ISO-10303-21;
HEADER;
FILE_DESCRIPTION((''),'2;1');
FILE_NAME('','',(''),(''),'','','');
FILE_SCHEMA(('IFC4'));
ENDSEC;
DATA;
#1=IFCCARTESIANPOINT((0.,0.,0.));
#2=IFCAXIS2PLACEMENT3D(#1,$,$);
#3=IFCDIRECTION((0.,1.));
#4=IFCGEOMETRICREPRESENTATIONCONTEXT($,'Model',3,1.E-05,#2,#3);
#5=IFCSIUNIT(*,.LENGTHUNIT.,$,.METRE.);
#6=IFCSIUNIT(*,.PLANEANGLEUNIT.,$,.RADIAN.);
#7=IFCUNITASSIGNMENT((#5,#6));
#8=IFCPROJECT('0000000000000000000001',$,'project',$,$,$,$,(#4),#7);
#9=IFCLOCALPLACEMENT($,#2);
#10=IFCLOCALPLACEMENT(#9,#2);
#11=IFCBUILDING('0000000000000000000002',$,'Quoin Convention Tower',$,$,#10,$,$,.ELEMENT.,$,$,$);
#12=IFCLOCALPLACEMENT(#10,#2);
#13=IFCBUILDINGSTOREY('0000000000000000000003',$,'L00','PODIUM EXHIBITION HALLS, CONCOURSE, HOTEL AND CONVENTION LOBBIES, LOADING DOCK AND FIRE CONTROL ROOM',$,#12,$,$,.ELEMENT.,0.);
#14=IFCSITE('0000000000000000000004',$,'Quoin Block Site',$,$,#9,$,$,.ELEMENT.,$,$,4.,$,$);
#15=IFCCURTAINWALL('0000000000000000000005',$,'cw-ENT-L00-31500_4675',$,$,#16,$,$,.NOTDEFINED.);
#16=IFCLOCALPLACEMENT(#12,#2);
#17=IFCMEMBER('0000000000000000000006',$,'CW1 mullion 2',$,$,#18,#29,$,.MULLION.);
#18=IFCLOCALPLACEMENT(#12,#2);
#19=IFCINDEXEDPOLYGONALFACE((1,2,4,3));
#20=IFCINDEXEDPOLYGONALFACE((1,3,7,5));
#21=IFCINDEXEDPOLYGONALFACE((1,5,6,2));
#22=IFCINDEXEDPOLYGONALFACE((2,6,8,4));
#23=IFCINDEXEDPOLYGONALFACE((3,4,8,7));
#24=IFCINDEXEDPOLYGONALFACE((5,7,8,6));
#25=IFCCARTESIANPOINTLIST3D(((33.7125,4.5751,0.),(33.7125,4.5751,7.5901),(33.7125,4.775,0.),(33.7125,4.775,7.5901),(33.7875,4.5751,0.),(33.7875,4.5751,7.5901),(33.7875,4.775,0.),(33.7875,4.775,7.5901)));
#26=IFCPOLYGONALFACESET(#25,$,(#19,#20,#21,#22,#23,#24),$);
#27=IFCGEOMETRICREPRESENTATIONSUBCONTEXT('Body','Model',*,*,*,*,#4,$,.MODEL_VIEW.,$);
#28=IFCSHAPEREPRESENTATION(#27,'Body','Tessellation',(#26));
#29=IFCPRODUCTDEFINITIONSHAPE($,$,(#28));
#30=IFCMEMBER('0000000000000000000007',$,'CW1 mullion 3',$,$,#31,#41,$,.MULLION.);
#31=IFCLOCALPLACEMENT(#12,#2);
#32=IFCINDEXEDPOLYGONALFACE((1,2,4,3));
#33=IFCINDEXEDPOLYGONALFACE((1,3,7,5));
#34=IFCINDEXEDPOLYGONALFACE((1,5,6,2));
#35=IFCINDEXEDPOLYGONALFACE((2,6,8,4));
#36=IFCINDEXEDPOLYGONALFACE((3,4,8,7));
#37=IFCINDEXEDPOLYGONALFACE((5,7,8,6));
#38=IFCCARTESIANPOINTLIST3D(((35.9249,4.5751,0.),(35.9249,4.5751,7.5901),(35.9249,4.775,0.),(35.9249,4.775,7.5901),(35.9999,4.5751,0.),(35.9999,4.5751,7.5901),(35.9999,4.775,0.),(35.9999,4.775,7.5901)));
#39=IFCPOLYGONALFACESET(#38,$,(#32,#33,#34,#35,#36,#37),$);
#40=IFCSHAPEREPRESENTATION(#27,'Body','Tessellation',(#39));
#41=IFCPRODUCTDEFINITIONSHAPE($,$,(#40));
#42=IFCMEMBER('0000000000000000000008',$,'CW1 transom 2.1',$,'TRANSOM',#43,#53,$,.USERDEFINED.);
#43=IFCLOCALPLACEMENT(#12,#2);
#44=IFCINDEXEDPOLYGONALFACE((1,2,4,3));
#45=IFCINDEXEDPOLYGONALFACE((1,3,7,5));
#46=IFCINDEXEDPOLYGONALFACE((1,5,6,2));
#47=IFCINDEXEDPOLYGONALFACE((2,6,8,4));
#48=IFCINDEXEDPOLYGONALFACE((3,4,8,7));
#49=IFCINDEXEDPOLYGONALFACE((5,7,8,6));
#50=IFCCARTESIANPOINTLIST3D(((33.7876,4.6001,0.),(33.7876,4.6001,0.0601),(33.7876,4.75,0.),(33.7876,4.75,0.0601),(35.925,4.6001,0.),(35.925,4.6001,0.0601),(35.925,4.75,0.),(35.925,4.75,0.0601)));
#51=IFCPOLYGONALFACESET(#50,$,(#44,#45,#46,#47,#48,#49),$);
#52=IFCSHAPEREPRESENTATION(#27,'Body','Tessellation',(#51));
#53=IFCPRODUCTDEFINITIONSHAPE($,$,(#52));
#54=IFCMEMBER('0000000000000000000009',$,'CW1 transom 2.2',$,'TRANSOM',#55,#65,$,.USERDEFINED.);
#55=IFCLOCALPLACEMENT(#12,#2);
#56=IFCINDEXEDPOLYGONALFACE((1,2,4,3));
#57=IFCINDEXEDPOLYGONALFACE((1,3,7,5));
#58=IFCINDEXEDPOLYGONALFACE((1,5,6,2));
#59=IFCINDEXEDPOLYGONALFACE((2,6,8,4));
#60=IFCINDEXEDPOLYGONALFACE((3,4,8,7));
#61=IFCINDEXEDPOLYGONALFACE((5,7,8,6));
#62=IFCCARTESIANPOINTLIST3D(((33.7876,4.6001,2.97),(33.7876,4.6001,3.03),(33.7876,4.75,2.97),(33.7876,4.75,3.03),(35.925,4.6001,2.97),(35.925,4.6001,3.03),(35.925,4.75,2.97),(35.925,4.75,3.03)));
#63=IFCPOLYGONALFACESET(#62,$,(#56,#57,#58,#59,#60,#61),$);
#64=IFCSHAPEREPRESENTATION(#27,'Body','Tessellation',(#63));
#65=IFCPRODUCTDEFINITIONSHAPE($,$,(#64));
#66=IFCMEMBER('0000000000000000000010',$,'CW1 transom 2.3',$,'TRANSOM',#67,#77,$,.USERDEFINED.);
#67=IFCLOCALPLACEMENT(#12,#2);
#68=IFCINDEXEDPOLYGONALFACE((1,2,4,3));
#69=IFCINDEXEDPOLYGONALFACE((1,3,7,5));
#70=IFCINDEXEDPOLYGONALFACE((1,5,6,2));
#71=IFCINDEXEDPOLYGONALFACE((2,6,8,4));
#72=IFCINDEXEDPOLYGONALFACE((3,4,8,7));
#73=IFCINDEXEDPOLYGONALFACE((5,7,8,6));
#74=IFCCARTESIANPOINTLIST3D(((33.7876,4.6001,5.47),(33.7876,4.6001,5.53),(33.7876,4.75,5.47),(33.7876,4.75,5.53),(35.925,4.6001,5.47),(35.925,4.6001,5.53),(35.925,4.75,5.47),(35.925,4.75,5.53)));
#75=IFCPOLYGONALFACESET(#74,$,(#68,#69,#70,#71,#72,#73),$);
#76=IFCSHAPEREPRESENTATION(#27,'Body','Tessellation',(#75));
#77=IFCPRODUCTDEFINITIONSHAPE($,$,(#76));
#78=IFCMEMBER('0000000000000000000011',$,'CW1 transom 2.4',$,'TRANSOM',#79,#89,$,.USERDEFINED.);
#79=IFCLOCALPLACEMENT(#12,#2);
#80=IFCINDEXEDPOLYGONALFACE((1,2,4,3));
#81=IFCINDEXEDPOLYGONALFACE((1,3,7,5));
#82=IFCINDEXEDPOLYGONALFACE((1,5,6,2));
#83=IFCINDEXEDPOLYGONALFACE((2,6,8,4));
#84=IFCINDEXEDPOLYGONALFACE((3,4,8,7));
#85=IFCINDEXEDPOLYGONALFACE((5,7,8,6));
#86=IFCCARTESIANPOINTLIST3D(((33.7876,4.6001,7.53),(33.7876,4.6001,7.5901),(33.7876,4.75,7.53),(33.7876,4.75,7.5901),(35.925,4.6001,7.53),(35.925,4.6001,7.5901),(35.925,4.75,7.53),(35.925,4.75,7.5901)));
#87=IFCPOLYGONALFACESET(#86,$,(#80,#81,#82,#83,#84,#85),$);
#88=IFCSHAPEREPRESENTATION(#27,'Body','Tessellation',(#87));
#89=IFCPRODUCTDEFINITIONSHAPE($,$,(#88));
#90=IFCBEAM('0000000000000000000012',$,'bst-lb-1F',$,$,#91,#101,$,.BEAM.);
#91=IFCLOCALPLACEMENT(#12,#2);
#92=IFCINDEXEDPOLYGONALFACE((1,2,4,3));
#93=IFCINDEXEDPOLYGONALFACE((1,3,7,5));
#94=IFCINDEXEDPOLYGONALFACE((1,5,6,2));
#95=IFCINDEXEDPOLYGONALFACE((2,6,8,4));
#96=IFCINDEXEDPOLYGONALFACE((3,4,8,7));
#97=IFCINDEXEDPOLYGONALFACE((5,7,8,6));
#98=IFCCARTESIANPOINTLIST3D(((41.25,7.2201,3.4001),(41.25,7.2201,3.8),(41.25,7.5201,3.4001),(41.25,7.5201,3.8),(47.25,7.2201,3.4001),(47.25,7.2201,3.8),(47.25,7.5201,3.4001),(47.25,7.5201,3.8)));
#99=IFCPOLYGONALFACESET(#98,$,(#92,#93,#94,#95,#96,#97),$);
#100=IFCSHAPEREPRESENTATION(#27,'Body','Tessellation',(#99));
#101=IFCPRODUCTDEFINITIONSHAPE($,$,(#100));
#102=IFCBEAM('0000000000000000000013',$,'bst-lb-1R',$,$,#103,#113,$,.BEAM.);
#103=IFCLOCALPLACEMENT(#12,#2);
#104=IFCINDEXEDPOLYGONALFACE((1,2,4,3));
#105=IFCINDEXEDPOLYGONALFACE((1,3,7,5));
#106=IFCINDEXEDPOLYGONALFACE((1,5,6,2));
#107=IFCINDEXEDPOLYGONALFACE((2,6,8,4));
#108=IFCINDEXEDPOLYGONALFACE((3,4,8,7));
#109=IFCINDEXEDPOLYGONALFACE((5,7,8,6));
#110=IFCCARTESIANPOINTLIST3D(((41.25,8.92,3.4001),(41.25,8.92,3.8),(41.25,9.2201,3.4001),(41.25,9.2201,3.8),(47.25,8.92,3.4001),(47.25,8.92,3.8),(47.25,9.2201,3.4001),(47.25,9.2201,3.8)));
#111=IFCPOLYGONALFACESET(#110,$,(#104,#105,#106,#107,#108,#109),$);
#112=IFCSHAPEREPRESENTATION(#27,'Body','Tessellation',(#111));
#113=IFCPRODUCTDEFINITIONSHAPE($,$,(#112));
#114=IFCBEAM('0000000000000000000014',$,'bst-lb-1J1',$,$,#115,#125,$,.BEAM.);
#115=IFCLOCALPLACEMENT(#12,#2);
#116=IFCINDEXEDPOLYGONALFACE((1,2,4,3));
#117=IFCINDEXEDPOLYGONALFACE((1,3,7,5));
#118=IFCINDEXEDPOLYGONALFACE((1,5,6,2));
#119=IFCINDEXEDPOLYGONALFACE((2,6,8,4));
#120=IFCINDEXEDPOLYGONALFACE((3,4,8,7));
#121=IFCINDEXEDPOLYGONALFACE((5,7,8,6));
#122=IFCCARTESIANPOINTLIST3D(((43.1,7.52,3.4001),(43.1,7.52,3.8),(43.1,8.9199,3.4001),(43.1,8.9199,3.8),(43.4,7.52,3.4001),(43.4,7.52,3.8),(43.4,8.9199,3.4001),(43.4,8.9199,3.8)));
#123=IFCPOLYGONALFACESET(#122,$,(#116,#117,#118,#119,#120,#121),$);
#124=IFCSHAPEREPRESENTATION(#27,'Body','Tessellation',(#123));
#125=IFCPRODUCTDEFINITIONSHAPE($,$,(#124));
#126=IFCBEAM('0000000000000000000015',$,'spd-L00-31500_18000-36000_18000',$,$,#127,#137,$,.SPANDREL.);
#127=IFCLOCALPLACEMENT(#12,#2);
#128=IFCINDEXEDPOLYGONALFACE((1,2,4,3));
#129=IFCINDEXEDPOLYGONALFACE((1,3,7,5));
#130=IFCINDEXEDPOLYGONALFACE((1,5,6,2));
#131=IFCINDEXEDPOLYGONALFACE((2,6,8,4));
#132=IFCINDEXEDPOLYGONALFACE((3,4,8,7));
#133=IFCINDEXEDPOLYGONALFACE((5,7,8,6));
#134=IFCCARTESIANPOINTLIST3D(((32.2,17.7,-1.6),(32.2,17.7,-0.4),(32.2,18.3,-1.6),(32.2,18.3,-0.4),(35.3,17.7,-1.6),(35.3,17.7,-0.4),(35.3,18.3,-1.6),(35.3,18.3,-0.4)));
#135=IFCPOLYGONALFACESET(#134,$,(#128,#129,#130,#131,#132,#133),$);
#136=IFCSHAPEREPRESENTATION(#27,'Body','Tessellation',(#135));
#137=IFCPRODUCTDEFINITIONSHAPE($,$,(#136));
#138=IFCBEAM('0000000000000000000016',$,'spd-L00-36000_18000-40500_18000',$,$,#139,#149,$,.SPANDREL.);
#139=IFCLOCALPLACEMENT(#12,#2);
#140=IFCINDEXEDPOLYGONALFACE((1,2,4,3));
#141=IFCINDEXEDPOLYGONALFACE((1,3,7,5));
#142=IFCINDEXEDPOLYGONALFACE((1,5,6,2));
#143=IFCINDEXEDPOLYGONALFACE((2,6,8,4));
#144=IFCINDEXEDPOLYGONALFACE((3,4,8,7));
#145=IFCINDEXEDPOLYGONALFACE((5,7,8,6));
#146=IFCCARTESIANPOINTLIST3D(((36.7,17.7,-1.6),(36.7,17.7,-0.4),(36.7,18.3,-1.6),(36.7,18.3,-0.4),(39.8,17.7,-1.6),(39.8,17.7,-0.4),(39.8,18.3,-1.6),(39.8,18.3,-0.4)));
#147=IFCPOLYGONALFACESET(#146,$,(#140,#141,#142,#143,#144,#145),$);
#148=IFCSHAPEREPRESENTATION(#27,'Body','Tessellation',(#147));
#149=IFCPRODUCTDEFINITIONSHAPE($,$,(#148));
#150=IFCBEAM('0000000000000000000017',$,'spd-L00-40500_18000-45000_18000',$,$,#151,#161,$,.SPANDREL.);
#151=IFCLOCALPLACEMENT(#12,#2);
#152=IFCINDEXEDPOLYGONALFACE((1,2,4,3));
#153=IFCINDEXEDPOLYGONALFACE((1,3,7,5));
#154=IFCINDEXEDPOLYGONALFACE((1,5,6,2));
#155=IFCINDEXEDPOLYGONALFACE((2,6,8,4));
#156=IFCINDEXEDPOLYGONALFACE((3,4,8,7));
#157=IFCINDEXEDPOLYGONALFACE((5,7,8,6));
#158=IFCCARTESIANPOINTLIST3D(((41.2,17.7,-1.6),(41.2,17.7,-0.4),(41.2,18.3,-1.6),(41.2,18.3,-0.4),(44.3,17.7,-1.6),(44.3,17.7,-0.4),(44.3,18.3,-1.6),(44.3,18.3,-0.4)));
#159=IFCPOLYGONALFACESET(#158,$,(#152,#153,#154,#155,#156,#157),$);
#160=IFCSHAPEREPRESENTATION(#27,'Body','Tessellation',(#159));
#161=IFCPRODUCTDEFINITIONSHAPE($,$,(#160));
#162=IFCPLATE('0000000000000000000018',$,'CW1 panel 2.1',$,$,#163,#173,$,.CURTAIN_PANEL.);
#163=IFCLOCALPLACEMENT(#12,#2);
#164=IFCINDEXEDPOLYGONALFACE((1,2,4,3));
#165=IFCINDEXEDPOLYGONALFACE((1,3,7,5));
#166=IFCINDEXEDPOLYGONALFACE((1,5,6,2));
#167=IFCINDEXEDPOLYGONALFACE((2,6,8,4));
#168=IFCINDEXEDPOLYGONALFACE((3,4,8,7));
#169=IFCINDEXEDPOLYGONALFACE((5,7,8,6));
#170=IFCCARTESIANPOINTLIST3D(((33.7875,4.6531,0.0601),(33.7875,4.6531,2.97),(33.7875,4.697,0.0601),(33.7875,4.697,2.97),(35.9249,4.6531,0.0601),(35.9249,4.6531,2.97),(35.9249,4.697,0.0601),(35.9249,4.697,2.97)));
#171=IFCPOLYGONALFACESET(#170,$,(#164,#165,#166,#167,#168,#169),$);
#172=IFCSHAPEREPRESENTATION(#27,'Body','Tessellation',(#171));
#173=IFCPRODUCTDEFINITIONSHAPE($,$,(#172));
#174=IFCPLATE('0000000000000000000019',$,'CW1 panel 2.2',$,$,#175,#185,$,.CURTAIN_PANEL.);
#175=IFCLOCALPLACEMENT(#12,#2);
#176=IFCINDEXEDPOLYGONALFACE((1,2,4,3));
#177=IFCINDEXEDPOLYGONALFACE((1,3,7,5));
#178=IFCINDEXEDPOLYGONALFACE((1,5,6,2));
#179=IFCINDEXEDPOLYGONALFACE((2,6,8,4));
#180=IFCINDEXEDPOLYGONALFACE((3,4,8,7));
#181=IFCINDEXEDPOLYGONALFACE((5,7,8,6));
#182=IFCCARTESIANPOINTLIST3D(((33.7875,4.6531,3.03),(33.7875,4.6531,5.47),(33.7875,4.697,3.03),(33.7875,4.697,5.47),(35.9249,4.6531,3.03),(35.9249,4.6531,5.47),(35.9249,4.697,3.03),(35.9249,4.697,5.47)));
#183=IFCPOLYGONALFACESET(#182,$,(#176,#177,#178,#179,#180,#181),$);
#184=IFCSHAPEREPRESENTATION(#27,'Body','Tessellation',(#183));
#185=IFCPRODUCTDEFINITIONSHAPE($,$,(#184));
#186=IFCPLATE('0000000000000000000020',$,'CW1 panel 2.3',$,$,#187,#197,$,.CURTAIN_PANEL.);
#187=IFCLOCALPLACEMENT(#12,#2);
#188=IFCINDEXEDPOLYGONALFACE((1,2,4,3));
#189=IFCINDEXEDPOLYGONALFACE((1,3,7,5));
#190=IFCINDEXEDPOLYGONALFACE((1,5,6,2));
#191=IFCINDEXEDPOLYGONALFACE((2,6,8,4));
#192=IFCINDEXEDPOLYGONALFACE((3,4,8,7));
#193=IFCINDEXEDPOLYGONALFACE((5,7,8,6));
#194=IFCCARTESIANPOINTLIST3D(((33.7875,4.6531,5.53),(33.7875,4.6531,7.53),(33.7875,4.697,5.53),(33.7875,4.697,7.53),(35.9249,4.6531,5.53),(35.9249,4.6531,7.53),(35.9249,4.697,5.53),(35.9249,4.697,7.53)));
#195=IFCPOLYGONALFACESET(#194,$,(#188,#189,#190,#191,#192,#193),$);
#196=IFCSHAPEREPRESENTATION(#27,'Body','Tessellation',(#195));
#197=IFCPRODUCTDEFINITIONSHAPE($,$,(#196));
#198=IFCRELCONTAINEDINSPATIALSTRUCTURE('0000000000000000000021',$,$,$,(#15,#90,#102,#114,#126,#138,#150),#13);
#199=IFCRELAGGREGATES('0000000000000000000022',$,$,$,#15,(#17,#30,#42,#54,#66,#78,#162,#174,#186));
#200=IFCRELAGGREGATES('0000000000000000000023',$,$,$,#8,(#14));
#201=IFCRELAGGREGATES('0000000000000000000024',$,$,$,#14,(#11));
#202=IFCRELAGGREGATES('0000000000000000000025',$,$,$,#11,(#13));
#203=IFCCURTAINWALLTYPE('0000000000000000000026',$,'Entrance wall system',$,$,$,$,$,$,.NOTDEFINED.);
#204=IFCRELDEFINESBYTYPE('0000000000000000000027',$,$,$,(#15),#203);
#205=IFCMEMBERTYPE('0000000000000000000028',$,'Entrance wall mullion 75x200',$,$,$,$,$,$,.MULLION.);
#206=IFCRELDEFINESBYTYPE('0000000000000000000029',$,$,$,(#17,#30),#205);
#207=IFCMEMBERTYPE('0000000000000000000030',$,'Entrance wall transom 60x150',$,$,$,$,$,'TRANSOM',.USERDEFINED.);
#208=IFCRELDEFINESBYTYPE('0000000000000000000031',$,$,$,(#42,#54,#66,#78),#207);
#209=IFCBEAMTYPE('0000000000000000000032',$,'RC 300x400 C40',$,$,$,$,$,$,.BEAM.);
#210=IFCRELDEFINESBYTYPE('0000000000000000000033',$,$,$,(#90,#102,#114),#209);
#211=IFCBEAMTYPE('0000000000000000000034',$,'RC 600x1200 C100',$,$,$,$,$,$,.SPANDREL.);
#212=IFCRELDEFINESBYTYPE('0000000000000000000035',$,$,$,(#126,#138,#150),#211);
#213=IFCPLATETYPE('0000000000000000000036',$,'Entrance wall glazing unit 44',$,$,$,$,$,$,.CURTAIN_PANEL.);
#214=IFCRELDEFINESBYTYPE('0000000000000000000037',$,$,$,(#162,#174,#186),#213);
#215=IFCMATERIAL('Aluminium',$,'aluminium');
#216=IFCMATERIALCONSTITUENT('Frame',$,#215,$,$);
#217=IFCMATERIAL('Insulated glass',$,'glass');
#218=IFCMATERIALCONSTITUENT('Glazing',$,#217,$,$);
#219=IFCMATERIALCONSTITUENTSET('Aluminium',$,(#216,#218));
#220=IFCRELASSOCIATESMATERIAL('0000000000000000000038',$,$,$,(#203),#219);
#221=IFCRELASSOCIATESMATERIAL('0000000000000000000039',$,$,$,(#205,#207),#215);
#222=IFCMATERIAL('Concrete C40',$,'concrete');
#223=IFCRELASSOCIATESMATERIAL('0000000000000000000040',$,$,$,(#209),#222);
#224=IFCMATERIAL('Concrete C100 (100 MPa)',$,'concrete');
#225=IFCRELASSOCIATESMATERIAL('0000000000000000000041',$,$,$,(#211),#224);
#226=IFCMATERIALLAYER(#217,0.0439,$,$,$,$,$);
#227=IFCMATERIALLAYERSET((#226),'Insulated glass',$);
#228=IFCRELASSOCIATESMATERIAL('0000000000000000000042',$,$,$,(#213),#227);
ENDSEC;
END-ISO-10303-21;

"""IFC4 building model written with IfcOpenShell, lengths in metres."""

from ifc_helpers import new_model, si_unit, direction, frame, origin, origin_2d, place, context, subcontext, project, spatial, rectangle, extrude, material, layer, layer_set, constituent, constituent_set, material_profile, profile_set, type_object, element, aggregate, save


model = new_model("IFC4")

# Units and contexts
model_context = context("Model", 3, precision=1e-05, world=origin(), true_north=direction((0.0, 1.0)))
body_context = subcontext(model_context, "Body", "Model", "MODEL_VIEW")
ifc_project = project(units=[si_unit("LENGTHUNIT", "METRE"), si_unit("PLANEANGLEUNIT", "RADIAN")], contexts=[model_context])

# Site, building, storey
site_placement = place(None, origin())
site = spatial("IfcSite", under=ifc_project, at=site_placement, Name="Quoin Block Site", CompositionType="ELEMENT", RefElevation=4.0)
building_placement = place(site_placement, origin())
building = spatial("IfcBuilding", under=site, at=building_placement, Name="Quoin Convention Tower", CompositionType="ELEMENT")
storey_placement = place(building_placement, origin())
storey = spatial("IfcBuildingStorey", under=building, at=storey_placement, Name="L00", Description="PODIUM EXHIBITION HALLS, CONCOURSE, HOTEL AND CONVENTION LOBBIES, LOADING DOCK AND FIRE CONTROL ROOM", CompositionType="ELEMENT", Elevation=0.0)

# Curtain wall, members
ifc_material_1 = material(Name="Aluminium", Category="aluminium")
ifc_constituent_1 = constituent(ifc_material_1, Name="Frame")
ifc_material_2 = material(Name="Insulated glass", Category="glass")
ifc_constituent_2 = constituent(ifc_material_2, Name="Glazing")
ifc_constituent_set_1 = constituent_set(constituents=[ifc_constituent_1, ifc_constituent_2], Name="Aluminium")
curtain_wall_type = type_object("IfcCurtainWallType", Name="Entrance wall system", PredefinedType="NOTDEFINED", material=ifc_constituent_set_1)
curtain_wall_placement = place(storey_placement, origin())
curtain_wall = element("IfcCurtainWall", 1, at=curtain_wall_placement, inside=storey, type_object=curtain_wall_type, Name="cw-ENT-L00-31500_4675", PredefinedType="NOTDEFINED")
ifc_material_profile_1 = material_profile(ifc_material_1, rectangle(XDim=0.2, YDim=0.075, at=origin_2d()), Name="Entrance wall mullion 75x200")
ifc_profile_set_1 = profile_set([ifc_material_profile_1], Name="Aluminium")
member_type_1 = type_object("IfcMemberType", Name="Entrance wall mullion 75x200", PredefinedType="MULLION", material=ifc_profile_set_1)
member_1_placement = place(storey_placement, frame((33.75, 4.675, 0.0), z_axis=(0.0, 0.0, 1.0), x_axis=(0.0, 1.0, 0.0)))
member_1 = element("IfcMember", 2, at=member_1_placement, type_object=member_type_1, Name="CW1 mullion 2", PredefinedType="MULLION", context=body_context, shape_type="SweptSolid", body=[
    extrude(rectangle(XDim=0.2, YDim=0.075, at=origin_2d()), origin(), (0.0, 0.0, 1.0), 7.5901),
])
member_2_placement = place(storey_placement, frame((35.9624, 4.675, 0.0), z_axis=(0.0, 0.0, 1.0), x_axis=(0.0, 1.0, 0.0)))
member_2 = element("IfcMember", 3, at=member_2_placement, type_object=member_type_1, Name="CW1 mullion 3", PredefinedType="MULLION", context=body_context, shape_type="SweptSolid", body=[
    extrude(rectangle(XDim=0.2, YDim=0.075, at=origin_2d()), origin(), (0.0, 0.0, 1.0), 7.5901),
])
ifc_material_profile_2 = material_profile(ifc_material_1, rectangle(XDim=0.1499, YDim=0.0601, at=origin_2d()), Name="Entrance wall transom 60x150")
ifc_profile_set_2 = profile_set([ifc_material_profile_2], Name="Aluminium")
member_type_2 = type_object("IfcMemberType", Name="Entrance wall transom 60x150", ElementType="TRANSOM", PredefinedType="USERDEFINED", material=ifc_profile_set_2)
member_3_placement = place(storey_placement, frame((33.7876, 4.675, 0.03), z_axis=(1.0, 0.0, 0.0), x_axis=(0.0, 1.0, 0.0)))
member_3 = element("IfcMember", 4, at=member_3_placement, type_object=member_type_2, Name="CW1 transom 2.1", ObjectType="TRANSOM", PredefinedType="USERDEFINED", context=body_context, shape_type="SweptSolid", body=[
    extrude(rectangle(XDim=0.1499, YDim=0.0601, at=origin_2d()), origin(), (0.0, 0.0, 1.0), 2.1375),
])
member_4_placement = place(storey_placement, frame((33.7876, 4.675, 3.0), z_axis=(1.0, 0.0, 0.0), x_axis=(0.0, 1.0, 0.0)))
member_4 = element("IfcMember", 5, at=member_4_placement, type_object=member_type_2, Name="CW1 transom 2.2", ObjectType="TRANSOM", PredefinedType="USERDEFINED", context=body_context, shape_type="SweptSolid", body=[
    extrude(rectangle(XDim=0.1499, YDim=0.0601, at=origin_2d()), origin(), (0.0, 0.0, 1.0), 2.1375),
])
member_5_placement = place(storey_placement, frame((33.7876, 4.675, 5.5), z_axis=(1.0, 0.0, 0.0), x_axis=(0.0, 1.0, 0.0)))
member_5 = element("IfcMember", 6, at=member_5_placement, type_object=member_type_2, Name="CW1 transom 2.3", ObjectType="TRANSOM", PredefinedType="USERDEFINED", context=body_context, shape_type="SweptSolid", body=[
    extrude(rectangle(XDim=0.1499, YDim=0.0601, at=origin_2d()), origin(), (0.0, 0.0, 1.0), 2.1375),
])
member_6_placement = place(storey_placement, frame((33.7876, 4.675, 7.5601), z_axis=(1.0, 0.0, 0.0), x_axis=(0.0, 1.0, 0.0)))
member_6 = element("IfcMember", 7, at=member_6_placement, type_object=member_type_2, Name="CW1 transom 2.4", ObjectType="TRANSOM", PredefinedType="USERDEFINED", context=body_context, shape_type="SweptSolid", body=[
    extrude(rectangle(XDim=0.1499, YDim=0.0601, at=origin_2d()), origin(), (0.0, 0.0, 1.0), 2.1375),
])

# Beams
ifc_material_3 = material(Name="Concrete C40", Category="concrete")
ifc_material_profile_3 = material_profile(ifc_material_3, rectangle(XDim=0.3, YDim=0.3999, at=origin_2d()), Name="RC 300x400")
ifc_profile_set_3 = profile_set([ifc_material_profile_3], Name="Concrete C40")
beam_type_1 = type_object("IfcBeamType", Name="RC 300x400 C40", PredefinedType="BEAM", material=ifc_profile_set_3)
for number, where, z_axis, x_axis, name in (
    (8, (41.25, 7.3701, 3.6001), (1.0, 0.0, 0.0), (0.0, 1.0, 0.0), "bst-lb-1F"),
    (9, (41.25, 9.0701, 3.6001), (1.0, 0.0, 0.0), (0.0, 1.0, 0.0), "bst-lb-1R"),
):
    element("IfcBeam", number, at=place(storey_placement, frame(where, z_axis=z_axis, x_axis=x_axis)), inside=storey, type_object=beam_type_1, Name=name, PredefinedType="BEAM", context=body_context, shape_type="SweptSolid", body=[
        extrude(rectangle(XDim=0.3, YDim=0.3999, at=origin_2d()), origin(), (0.0, 0.0, 1.0), 6.0),
    ])
beam_placement = place(storey_placement, frame((43.25, 7.52, 3.6001), z_axis=(0.0, 1.0, 0.0), x_axis=(-1.0, 0.0, 0.0)))
element("IfcBeam", 10, at=beam_placement, inside=storey, type_object=beam_type_1, Name="bst-lb-1J1", PredefinedType="BEAM", context=body_context, shape_type="SweptSolid", body=[
    extrude(rectangle(XDim=0.3, YDim=0.3999, at=origin_2d()), origin(), (0.0, 0.0, 1.0), 1.3999),
])
ifc_material_4 = material(Name="Concrete C100 (100 MPa)", Category="concrete")
ifc_material_profile_4 = material_profile(ifc_material_4, rectangle(XDim=0.6001, YDim=1.2, at=origin_2d()), Name="RC 600x1200")
ifc_profile_set_4 = profile_set([ifc_material_profile_4], Name="Concrete C100 (100 MPa)")
beam_type_2 = type_object("IfcBeamType", Name="RC 600x1200 C100", PredefinedType="SPANDREL", material=ifc_profile_set_4)
for number, where, z_axis, x_axis, name in (
    (11, (32.2, 18.0, -1.0), (1.0, 0.0, 0.0), (0.0, 1.0, 0.0), "spd-L00-31500_18000-36000_18000"),
    (12, (36.7, 18.0, -1.0), (1.0, 0.0, 0.0), (0.0, 1.0, 0.0), "spd-L00-36000_18000-40500_18000"),
    (13, (41.2, 18.0, -1.0), (1.0, 0.0, 0.0), (0.0, 1.0, 0.0), "spd-L00-40500_18000-45000_18000"),
):
    element("IfcBeam", number, at=place(storey_placement, frame(where, z_axis=z_axis, x_axis=x_axis)), inside=storey, type_object=beam_type_2, Name=name, PredefinedType="SPANDREL", context=body_context, shape_type="SweptSolid", body=[
        extrude(rectangle(XDim=0.6001, YDim=1.2, at=origin_2d()), origin(), (0.0, 0.0, 1.0), 3.1001),
    ])

# Plates
ifc_layer_1 = layer(ifc_material_2, 0.0439)
ifc_layer_set_1 = layer_set([ifc_layer_1], Name="Insulated glass")
plate_type = type_object("IfcPlateType", Name="Entrance wall glazing unit 44", PredefinedType="CURTAIN_PANEL", material=ifc_layer_set_1)
plate_1_placement = place(storey_placement, frame((34.8562, 4.675, 0.0601), z_axis=(0.0, 0.0, 1.0), x_axis=(1.0, 0.0, 0.0)))
plate_1 = element("IfcPlate", 14, at=plate_1_placement, type_object=plate_type, Name="CW1 panel 2.1", PredefinedType="CURTAIN_PANEL", context=body_context, shape_type="SweptSolid", body=[
    extrude(rectangle(XDim=2.1375, YDim=0.0439, at=origin_2d()), origin(), (0.0, 0.0, 1.0), 2.9099),
])
plate_2_placement = place(storey_placement, frame((34.8562, 4.675, 3.03), z_axis=(0.0, 0.0, 1.0), x_axis=(1.0, 0.0, 0.0)))
plate_2 = element("IfcPlate", 15, at=plate_2_placement, type_object=plate_type, Name="CW1 panel 2.2", PredefinedType="CURTAIN_PANEL", context=body_context, shape_type="SweptSolid", body=[
    extrude(rectangle(XDim=2.1375, YDim=0.0439, at=origin_2d()), origin(), (0.0, 0.0, 1.0), 2.4399),
])
plate_3_placement = place(storey_placement, frame((34.8562, 4.675, 5.53), z_axis=(0.0, 0.0, 1.0), x_axis=(1.0, 0.0, 0.0)))
plate_3 = element("IfcPlate", 16, at=plate_3_placement, type_object=plate_type, Name="CW1 panel 2.3", PredefinedType="CURTAIN_PANEL", context=body_context, shape_type="SweptSolid", body=[
    extrude(rectangle(XDim=2.1375, YDim=0.0439, at=origin_2d()), origin(), (0.0, 0.0, 1.0), 2.0),
])
aggregate(curtain_wall, [member_1, member_2, member_3, member_4, member_5, member_6, plate_1, plate_2, plate_3])

save(model, "model.ifc")
